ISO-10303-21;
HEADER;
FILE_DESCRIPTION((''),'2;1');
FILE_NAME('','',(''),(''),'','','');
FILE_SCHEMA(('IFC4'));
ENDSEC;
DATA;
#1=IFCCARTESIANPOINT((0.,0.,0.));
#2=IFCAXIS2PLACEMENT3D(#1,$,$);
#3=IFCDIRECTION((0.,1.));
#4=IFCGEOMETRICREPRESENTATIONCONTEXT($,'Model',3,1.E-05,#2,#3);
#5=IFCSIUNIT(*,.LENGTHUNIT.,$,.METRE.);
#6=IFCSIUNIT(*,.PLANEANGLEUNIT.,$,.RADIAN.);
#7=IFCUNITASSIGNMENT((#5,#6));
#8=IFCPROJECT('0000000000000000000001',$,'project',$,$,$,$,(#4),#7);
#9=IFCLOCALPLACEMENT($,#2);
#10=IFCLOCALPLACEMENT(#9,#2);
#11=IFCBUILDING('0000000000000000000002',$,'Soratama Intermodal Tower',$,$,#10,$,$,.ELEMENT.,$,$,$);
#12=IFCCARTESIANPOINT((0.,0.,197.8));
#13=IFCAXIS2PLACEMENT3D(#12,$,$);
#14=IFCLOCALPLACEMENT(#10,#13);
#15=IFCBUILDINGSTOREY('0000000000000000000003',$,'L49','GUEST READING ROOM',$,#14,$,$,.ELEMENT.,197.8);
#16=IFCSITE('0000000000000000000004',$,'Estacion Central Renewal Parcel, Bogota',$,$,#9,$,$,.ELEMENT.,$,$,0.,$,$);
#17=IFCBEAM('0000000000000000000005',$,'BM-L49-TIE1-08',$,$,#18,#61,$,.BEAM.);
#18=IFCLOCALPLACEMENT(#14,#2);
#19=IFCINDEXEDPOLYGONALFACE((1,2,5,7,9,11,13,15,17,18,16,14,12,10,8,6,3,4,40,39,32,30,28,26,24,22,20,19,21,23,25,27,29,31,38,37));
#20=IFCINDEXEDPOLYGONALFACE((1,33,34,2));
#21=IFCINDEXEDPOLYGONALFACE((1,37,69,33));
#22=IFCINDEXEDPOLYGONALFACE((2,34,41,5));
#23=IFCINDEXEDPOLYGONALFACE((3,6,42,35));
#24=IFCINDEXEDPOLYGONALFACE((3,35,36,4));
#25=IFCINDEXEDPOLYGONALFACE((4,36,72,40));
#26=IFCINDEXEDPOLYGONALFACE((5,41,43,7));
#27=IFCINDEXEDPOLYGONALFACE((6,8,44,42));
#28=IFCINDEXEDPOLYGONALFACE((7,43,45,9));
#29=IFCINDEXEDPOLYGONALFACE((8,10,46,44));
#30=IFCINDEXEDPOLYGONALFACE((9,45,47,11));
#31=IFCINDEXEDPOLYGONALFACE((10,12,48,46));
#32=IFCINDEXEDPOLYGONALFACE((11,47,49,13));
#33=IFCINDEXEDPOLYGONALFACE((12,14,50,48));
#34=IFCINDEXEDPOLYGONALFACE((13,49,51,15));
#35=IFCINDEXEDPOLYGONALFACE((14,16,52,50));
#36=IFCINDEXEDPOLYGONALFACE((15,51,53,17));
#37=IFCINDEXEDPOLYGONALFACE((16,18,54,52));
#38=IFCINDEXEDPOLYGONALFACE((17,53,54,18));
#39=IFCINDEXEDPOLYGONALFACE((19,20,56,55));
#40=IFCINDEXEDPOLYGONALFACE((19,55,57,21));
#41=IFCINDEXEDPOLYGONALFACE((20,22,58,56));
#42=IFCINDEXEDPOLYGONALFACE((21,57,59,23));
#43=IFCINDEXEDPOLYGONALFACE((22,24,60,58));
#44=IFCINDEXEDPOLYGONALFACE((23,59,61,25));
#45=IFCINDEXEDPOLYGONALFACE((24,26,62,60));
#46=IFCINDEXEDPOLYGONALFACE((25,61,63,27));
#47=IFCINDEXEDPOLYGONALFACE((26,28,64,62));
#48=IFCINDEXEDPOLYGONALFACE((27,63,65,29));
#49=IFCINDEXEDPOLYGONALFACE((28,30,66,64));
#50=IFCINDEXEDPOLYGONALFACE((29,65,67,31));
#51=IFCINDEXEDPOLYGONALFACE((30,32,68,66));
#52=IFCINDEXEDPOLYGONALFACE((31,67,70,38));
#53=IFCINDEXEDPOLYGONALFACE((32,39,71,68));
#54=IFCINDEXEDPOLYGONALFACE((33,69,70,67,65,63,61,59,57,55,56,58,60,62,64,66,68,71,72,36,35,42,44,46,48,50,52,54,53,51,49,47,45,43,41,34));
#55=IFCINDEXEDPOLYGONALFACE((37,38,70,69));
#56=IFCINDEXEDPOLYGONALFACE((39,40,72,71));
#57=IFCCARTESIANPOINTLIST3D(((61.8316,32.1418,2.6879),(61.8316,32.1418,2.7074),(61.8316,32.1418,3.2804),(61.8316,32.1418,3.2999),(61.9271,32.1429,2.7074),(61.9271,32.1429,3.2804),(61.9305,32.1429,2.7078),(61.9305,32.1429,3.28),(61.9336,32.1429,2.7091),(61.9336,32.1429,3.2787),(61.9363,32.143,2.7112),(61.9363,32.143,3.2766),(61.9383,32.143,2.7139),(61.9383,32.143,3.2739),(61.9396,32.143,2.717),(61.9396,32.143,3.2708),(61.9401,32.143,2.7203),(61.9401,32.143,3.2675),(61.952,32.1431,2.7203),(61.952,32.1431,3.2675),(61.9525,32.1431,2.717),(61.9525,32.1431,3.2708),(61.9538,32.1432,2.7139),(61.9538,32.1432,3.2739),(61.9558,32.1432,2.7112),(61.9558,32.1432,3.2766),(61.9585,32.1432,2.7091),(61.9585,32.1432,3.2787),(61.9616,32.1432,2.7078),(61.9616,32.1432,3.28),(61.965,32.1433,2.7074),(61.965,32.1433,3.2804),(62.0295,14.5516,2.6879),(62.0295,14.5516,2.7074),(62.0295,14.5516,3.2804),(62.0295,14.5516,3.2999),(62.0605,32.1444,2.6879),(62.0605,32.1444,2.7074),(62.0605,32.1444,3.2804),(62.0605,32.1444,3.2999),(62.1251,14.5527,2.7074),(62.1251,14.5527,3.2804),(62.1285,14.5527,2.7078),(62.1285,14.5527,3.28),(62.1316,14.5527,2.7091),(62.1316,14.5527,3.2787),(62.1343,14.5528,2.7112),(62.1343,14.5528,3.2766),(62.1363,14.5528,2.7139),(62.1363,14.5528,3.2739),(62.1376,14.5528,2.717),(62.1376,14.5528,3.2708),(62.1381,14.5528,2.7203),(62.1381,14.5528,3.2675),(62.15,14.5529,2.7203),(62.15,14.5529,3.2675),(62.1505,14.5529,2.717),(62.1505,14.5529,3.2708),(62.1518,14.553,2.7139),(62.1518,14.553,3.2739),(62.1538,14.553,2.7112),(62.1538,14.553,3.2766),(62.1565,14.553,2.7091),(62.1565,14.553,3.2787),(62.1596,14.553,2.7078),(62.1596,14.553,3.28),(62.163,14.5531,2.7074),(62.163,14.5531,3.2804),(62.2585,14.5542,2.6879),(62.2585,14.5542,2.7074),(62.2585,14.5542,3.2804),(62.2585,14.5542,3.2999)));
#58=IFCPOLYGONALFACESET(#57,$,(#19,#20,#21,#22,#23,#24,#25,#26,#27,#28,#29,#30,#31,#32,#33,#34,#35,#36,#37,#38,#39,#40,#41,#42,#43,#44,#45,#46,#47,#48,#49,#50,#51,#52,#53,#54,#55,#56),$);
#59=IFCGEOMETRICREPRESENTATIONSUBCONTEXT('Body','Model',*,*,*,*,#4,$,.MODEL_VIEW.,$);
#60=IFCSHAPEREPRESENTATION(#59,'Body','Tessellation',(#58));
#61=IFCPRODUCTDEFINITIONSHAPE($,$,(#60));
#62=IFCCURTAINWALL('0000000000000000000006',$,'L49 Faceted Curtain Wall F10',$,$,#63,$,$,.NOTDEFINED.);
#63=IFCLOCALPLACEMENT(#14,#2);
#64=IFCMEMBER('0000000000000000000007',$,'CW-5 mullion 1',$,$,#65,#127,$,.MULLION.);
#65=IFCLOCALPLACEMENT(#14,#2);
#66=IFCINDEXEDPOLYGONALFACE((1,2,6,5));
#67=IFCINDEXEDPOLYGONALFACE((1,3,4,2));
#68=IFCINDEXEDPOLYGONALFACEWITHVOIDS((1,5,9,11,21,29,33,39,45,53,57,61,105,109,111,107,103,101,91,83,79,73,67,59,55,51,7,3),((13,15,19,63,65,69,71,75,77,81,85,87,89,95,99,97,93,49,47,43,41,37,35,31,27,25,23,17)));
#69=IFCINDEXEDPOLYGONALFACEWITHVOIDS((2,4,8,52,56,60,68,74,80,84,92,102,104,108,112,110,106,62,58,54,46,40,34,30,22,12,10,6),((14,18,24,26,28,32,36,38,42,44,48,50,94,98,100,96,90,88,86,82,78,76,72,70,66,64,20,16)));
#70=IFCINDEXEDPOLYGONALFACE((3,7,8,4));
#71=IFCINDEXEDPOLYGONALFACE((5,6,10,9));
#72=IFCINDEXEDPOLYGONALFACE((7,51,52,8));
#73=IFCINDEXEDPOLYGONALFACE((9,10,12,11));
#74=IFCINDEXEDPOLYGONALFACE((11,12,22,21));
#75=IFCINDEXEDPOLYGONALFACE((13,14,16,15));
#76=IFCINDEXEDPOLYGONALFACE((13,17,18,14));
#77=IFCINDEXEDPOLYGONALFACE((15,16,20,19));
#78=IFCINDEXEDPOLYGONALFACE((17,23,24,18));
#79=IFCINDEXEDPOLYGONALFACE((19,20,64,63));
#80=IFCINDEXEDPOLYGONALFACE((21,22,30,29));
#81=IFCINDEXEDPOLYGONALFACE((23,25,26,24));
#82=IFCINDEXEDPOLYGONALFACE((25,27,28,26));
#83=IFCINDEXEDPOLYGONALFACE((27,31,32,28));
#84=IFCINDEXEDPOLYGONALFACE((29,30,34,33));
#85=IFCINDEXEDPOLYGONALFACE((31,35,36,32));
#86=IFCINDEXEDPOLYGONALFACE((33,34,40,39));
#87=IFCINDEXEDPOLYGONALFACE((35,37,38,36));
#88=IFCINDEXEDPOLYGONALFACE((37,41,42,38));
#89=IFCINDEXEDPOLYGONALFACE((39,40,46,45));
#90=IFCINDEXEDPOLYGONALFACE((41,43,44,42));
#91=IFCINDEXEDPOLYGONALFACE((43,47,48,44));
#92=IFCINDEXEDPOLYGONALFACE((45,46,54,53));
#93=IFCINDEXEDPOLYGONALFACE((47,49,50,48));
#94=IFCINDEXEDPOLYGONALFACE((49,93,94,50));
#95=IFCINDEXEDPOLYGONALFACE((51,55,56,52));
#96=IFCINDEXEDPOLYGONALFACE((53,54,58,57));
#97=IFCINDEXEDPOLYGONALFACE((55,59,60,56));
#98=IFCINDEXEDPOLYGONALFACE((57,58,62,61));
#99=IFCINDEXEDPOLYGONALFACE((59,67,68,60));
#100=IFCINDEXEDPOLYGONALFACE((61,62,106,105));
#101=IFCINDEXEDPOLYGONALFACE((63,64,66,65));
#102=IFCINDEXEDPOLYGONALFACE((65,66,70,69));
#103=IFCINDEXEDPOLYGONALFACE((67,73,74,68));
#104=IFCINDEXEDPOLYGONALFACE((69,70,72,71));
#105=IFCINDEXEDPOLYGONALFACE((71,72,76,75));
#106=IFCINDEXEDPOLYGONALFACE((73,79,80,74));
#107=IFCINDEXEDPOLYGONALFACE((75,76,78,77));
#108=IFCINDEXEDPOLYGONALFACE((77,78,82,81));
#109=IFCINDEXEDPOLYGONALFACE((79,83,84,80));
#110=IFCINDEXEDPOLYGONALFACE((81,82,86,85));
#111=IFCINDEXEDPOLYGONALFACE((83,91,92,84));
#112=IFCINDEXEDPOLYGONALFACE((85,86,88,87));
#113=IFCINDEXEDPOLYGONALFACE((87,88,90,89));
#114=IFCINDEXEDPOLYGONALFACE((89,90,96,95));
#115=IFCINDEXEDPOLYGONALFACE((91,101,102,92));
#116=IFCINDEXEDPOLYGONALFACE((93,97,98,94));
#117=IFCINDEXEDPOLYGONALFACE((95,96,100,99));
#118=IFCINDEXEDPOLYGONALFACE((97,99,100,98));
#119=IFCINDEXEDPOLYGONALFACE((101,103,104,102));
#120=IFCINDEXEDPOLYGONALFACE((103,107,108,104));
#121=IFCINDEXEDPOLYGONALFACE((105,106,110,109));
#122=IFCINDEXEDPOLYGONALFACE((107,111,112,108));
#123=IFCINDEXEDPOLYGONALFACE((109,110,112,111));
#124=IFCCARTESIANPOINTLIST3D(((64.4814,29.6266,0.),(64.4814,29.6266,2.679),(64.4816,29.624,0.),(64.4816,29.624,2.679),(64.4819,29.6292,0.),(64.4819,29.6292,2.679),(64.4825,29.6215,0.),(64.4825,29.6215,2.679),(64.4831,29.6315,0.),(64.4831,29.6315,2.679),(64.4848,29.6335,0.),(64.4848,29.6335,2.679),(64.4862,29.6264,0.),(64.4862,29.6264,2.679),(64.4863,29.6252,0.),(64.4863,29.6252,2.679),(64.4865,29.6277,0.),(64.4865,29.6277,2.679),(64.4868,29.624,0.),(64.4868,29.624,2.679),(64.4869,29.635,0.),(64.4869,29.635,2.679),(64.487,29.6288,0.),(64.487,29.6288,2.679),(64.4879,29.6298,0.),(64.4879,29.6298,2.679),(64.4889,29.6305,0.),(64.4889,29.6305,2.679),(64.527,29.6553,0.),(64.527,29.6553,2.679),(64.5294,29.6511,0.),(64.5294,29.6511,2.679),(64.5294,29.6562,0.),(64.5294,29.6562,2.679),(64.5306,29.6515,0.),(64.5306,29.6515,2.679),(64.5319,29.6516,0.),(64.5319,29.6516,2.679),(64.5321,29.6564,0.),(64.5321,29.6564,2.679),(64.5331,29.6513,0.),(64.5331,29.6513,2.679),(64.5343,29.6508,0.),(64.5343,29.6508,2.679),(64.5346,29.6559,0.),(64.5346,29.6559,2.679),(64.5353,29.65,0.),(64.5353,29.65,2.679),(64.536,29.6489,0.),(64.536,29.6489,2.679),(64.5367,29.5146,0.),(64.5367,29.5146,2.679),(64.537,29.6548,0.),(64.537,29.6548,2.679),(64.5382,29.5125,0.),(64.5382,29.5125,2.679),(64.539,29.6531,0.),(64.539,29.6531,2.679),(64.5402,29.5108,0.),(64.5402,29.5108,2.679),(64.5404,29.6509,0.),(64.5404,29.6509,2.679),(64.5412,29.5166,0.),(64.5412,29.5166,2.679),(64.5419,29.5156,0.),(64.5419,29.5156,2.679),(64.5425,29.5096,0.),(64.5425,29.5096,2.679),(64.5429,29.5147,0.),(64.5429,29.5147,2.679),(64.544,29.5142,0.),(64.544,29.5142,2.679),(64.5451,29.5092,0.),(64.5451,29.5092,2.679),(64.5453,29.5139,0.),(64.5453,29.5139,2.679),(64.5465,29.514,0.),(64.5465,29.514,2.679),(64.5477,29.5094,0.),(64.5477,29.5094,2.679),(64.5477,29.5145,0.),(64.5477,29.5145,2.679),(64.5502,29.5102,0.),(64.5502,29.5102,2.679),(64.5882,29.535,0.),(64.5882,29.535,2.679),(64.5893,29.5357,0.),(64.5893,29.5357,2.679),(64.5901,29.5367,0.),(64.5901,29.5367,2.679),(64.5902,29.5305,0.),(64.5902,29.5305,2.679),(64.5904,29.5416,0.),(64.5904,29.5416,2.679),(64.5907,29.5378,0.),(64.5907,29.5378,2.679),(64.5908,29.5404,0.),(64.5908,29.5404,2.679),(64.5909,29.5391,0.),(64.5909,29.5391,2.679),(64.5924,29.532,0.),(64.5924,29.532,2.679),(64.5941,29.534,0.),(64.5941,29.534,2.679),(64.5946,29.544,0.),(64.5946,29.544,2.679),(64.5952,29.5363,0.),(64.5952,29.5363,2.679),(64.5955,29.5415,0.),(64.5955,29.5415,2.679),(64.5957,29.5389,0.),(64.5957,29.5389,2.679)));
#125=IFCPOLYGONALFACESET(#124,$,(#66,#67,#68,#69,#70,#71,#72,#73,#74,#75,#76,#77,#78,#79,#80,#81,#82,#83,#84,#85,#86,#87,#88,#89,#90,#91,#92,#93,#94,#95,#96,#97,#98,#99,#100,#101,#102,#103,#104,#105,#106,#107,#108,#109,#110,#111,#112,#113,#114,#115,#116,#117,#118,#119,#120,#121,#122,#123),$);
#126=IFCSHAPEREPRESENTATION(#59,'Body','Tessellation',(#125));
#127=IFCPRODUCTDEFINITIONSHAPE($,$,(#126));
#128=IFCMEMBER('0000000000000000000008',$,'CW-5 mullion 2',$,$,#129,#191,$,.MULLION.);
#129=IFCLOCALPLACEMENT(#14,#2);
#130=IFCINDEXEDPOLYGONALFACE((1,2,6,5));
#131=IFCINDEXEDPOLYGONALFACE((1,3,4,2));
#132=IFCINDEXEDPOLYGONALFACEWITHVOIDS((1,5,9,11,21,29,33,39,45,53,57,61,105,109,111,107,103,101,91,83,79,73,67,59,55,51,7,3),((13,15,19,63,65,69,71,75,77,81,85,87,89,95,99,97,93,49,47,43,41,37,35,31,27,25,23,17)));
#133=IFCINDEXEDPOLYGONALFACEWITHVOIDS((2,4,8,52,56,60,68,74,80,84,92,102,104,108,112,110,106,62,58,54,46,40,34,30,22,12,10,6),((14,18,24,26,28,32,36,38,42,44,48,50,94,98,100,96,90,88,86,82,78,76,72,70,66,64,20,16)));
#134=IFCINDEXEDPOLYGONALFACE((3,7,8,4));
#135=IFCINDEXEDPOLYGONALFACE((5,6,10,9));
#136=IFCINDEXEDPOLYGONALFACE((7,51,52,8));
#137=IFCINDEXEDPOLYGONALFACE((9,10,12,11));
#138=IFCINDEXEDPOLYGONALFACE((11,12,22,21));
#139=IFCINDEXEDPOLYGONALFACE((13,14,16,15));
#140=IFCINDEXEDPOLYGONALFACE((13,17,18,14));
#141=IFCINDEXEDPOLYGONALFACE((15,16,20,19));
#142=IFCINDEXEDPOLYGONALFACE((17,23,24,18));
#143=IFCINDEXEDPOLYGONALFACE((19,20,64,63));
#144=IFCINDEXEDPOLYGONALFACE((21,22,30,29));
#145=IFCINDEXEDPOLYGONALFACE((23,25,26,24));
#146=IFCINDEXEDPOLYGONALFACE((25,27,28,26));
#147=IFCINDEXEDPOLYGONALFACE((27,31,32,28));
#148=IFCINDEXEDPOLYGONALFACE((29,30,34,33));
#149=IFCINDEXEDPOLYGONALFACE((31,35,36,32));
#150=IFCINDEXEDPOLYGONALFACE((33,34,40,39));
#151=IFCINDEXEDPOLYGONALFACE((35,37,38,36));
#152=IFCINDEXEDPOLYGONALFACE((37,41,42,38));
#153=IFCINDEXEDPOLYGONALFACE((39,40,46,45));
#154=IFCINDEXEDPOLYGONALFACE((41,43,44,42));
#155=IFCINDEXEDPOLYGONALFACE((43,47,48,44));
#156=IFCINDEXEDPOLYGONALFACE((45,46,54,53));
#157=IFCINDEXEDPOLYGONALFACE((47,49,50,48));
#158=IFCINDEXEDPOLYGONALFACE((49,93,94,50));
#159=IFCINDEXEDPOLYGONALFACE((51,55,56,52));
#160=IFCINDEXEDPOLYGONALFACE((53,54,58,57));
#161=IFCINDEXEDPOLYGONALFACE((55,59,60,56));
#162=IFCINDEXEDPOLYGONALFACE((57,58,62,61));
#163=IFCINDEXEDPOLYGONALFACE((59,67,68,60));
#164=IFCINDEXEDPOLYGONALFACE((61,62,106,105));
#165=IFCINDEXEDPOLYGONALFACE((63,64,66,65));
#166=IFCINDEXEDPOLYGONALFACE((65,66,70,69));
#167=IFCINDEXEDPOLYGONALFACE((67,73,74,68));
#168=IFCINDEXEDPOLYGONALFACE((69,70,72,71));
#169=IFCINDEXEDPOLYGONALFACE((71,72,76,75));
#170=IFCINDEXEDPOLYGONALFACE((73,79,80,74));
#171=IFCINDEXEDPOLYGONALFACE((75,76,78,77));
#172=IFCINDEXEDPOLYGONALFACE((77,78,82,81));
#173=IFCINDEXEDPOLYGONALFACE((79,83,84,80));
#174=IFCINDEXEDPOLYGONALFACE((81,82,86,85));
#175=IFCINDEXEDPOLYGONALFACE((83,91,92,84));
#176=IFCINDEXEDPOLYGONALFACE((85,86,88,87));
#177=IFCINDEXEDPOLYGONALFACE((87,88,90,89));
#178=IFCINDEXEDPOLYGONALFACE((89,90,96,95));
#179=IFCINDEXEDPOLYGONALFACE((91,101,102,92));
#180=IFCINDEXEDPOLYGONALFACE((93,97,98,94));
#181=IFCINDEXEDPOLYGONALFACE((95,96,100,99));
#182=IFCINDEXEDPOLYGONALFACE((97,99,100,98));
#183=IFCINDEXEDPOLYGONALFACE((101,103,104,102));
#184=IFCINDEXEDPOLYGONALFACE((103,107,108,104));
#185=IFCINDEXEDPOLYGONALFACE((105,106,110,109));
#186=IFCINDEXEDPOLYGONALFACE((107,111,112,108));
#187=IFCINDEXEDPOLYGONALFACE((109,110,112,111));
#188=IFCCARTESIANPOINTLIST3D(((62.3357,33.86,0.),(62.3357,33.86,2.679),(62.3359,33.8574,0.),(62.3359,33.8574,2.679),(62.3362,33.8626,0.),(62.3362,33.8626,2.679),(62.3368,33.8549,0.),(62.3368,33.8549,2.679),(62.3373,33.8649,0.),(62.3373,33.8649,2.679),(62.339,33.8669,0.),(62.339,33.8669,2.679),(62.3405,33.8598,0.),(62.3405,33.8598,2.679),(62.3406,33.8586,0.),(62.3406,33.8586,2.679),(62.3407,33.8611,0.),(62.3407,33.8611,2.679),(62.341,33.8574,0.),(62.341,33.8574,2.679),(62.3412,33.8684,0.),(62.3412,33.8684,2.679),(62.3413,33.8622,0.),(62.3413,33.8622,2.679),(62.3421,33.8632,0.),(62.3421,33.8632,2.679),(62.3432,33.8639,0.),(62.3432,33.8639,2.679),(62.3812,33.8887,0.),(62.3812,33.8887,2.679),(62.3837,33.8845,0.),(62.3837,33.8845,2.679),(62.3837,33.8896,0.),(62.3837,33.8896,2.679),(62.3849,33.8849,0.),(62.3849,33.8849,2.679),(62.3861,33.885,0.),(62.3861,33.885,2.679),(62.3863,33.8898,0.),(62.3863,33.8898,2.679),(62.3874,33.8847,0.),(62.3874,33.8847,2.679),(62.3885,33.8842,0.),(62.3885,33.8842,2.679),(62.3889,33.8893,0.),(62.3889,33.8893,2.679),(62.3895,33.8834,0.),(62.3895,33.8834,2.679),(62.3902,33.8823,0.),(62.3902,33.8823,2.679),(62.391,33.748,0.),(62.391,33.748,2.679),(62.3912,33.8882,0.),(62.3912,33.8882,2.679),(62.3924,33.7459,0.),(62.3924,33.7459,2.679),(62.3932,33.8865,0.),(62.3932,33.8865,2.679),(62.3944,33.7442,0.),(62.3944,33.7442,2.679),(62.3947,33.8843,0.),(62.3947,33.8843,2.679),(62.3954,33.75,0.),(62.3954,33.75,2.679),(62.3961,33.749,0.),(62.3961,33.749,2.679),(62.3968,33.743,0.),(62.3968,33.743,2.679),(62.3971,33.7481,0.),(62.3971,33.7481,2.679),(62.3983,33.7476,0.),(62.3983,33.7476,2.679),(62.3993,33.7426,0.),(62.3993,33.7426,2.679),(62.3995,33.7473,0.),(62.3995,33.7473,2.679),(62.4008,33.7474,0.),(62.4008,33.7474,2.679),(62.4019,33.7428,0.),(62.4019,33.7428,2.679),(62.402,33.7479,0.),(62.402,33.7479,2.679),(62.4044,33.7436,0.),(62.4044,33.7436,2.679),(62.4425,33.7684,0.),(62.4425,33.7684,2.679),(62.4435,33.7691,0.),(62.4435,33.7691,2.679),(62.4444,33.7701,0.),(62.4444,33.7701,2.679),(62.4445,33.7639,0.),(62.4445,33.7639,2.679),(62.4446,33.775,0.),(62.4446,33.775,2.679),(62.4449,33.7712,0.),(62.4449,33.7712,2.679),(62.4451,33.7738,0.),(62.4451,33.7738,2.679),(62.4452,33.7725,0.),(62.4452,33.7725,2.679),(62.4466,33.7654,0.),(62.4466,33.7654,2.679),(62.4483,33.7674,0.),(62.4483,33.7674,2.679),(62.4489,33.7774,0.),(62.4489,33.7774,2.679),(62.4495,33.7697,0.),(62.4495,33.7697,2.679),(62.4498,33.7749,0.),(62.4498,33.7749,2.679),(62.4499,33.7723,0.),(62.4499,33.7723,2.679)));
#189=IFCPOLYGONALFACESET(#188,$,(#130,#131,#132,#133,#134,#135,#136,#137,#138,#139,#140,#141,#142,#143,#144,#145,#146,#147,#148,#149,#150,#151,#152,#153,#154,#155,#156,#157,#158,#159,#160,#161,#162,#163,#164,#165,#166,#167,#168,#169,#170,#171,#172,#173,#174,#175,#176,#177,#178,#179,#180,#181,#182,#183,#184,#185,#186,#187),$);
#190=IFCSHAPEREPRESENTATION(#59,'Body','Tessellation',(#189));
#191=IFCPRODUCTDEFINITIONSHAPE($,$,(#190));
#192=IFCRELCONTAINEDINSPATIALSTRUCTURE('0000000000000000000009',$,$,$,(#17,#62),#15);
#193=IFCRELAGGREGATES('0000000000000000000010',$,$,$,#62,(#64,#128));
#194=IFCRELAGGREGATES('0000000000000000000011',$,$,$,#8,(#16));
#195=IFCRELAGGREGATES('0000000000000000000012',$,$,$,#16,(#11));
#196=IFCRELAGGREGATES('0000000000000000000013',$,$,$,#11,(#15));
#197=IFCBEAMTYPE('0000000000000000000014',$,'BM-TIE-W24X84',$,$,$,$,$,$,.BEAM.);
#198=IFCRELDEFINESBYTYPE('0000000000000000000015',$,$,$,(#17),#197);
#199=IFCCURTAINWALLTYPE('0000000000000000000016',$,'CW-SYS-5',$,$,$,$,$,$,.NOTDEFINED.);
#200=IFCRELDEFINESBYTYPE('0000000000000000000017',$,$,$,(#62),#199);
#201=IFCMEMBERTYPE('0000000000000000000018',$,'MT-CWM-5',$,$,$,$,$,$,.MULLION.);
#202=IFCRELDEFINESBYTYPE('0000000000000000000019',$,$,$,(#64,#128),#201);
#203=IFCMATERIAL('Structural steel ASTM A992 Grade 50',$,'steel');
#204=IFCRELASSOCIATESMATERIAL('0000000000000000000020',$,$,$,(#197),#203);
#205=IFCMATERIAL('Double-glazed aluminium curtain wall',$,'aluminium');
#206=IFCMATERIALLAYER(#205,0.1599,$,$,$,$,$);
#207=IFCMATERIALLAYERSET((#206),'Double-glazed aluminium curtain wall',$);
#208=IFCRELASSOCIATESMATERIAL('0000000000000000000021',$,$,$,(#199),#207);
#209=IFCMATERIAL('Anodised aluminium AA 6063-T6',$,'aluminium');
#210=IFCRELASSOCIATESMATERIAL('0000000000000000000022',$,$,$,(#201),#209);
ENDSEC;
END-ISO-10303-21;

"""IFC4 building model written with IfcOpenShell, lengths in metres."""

from ifc_helpers import new_model, si_unit, direction, frame, origin, origin_2d, place, context, subcontext, project, spatial, hollow_rectangle, i_section, extrude, material, layer, layer_set, material_profile, profile_set, type_object, element, aggregate, save


model = new_model("IFC4")

# Units and contexts
model_context = context("Model", 3, precision=1e-05, world=origin(), true_north=direction((0.0, 1.0)))
body_context = subcontext(model_context, "Body", "Model", "MODEL_VIEW")
ifc_project = project(units=[si_unit("LENGTHUNIT", "METRE"), si_unit("PLANEANGLEUNIT", "RADIAN")], contexts=[model_context])

# Site, building, storey
site_placement = place(None, origin())
site = spatial("IfcSite", under=ifc_project, at=site_placement, Name="Estacion Central Renewal Parcel, Bogota", CompositionType="ELEMENT", RefElevation=0.0)
building_placement = place(site_placement, origin())
building = spatial("IfcBuilding", under=site, at=building_placement, Name="Soratama Intermodal Tower", CompositionType="ELEMENT")
storey_placement = place(building_placement, frame((0.0, 0.0, 197.8)))
storey = spatial("IfcBuildingStorey", under=building, at=storey_placement, Name="L49", Description="GUEST READING ROOM", CompositionType="ELEMENT", Elevation=197.8)

# Beam
ifc_material_1 = material(Name="Structural steel ASTM A992 Grade 50", Category="steel")
ifc_material_profile_1 = material_profile(ifc_material_1, i_section(OverallWidth=0.229, OverallDepth=0.6121, WebThickness=0.012, FlangeThickness=0.0195, FilletRadius=0.0129, at=origin_2d()), Name="W24X84")
ifc_profile_set_1 = profile_set([ifc_material_profile_1], Name="Structural steel ASTM A992 Grade 50")
beam_type_1 = type_object("IfcBeamType", Name="BM-TIE-W24X84", PredefinedType="BEAM", material=ifc_profile_set_1)
beam_1_placement = place(storey_placement, frame((61.946, 32.1431, 2.9939), z_axis=(0.011256, -0.999937, 0.0), x_axis=(0.999937, 0.011256, 0.0)))
element("IfcBeam", 1, at=beam_1_placement, inside=storey, type_object=beam_type_1, Name="BM-L49-TIE1-08", PredefinedType="BEAM", context=body_context, shape_type="SweptSolid", body=[
    extrude(i_section(OverallWidth=0.229, OverallDepth=0.6121, WebThickness=0.012, FlangeThickness=0.0195, FilletRadius=0.0129, at=origin_2d()), origin(), (0.0, 0.0, 1.0), 17.5913),
])

# Curtain wall, members
ifc_material_2 = material(Name="Double-glazed aluminium curtain wall", Category="aluminium")
ifc_layer_1 = layer(ifc_material_2, 0.1599)
ifc_layer_set_1 = layer_set([ifc_layer_1], Name="Double-glazed aluminium curtain wall")
curtain_wall_type = type_object("IfcCurtainWallType", Name="CW-SYS-5", PredefinedType="NOTDEFINED", material=ifc_layer_set_1)
curtain_wall_placement = place(storey_placement, origin())
curtain_wall = element("IfcCurtainWall", 2, at=curtain_wall_placement, inside=storey, type_object=curtain_wall_type, Name="L49 Faceted Curtain Wall F10", PredefinedType="NOTDEFINED")
ifc_material_3 = material(Name="Anodised aluminium AA 6063-T6", Category="aluminium")
ifc_material_profile_2 = material_profile(ifc_material_3, hollow_rectangle(XDim=0.0649, YDim=0.1399, WallThickness=0.0049, InnerFilletRadius=0.0049, OuterFilletRadius=0.01, at=origin_2d()), Name="CWM140X65X5")
ifc_profile_set_2 = profile_set([ifc_material_profile_2], Name="Anodised aluminium AA 6063-T6")
member_type_1 = type_object("IfcMemberType", Name="MT-CWM-5", PredefinedType="MULLION", material=ifc_profile_set_2)
member_1_placement = place(storey_placement, frame((64.5386, 29.5828, 0.0), z_axis=(0.0, 0.0, 1.0), x_axis=(-0.891958, -0.452119, 0.0)))
member_1 = element("IfcMember", 3, at=member_1_placement, type_object=member_type_1, Name="CW-5 mullion 1", PredefinedType="MULLION", context=body_context, shape_type="SweptSolid", body=[
    extrude(hollow_rectangle(XDim=0.0649, YDim=0.1399, WallThickness=0.0049, InnerFilletRadius=0.0049, OuterFilletRadius=0.01, at=origin_2d()), origin(), (0.0, 0.0, 1.0), 2.679),
])
member_2_placement = place(storey_placement, frame((62.3928, 33.8162, 0.0), z_axis=(0.0, 0.0, 1.0), x_axis=(-0.891958, -0.452119, 0.0)))
member_2 = element("IfcMember", 4, at=member_2_placement, type_object=member_type_1, Name="CW-5 mullion 2", PredefinedType="MULLION", context=body_context, shape_type="SweptSolid", body=[
    extrude(hollow_rectangle(XDim=0.0649, YDim=0.1399, WallThickness=0.0049, InnerFilletRadius=0.0049, OuterFilletRadius=0.01, at=origin_2d()), origin(), (0.0, 0.0, 1.0), 2.679),
])
aggregate(curtain_wall, [member_1, member_2])

save(model, "model.ifc")
